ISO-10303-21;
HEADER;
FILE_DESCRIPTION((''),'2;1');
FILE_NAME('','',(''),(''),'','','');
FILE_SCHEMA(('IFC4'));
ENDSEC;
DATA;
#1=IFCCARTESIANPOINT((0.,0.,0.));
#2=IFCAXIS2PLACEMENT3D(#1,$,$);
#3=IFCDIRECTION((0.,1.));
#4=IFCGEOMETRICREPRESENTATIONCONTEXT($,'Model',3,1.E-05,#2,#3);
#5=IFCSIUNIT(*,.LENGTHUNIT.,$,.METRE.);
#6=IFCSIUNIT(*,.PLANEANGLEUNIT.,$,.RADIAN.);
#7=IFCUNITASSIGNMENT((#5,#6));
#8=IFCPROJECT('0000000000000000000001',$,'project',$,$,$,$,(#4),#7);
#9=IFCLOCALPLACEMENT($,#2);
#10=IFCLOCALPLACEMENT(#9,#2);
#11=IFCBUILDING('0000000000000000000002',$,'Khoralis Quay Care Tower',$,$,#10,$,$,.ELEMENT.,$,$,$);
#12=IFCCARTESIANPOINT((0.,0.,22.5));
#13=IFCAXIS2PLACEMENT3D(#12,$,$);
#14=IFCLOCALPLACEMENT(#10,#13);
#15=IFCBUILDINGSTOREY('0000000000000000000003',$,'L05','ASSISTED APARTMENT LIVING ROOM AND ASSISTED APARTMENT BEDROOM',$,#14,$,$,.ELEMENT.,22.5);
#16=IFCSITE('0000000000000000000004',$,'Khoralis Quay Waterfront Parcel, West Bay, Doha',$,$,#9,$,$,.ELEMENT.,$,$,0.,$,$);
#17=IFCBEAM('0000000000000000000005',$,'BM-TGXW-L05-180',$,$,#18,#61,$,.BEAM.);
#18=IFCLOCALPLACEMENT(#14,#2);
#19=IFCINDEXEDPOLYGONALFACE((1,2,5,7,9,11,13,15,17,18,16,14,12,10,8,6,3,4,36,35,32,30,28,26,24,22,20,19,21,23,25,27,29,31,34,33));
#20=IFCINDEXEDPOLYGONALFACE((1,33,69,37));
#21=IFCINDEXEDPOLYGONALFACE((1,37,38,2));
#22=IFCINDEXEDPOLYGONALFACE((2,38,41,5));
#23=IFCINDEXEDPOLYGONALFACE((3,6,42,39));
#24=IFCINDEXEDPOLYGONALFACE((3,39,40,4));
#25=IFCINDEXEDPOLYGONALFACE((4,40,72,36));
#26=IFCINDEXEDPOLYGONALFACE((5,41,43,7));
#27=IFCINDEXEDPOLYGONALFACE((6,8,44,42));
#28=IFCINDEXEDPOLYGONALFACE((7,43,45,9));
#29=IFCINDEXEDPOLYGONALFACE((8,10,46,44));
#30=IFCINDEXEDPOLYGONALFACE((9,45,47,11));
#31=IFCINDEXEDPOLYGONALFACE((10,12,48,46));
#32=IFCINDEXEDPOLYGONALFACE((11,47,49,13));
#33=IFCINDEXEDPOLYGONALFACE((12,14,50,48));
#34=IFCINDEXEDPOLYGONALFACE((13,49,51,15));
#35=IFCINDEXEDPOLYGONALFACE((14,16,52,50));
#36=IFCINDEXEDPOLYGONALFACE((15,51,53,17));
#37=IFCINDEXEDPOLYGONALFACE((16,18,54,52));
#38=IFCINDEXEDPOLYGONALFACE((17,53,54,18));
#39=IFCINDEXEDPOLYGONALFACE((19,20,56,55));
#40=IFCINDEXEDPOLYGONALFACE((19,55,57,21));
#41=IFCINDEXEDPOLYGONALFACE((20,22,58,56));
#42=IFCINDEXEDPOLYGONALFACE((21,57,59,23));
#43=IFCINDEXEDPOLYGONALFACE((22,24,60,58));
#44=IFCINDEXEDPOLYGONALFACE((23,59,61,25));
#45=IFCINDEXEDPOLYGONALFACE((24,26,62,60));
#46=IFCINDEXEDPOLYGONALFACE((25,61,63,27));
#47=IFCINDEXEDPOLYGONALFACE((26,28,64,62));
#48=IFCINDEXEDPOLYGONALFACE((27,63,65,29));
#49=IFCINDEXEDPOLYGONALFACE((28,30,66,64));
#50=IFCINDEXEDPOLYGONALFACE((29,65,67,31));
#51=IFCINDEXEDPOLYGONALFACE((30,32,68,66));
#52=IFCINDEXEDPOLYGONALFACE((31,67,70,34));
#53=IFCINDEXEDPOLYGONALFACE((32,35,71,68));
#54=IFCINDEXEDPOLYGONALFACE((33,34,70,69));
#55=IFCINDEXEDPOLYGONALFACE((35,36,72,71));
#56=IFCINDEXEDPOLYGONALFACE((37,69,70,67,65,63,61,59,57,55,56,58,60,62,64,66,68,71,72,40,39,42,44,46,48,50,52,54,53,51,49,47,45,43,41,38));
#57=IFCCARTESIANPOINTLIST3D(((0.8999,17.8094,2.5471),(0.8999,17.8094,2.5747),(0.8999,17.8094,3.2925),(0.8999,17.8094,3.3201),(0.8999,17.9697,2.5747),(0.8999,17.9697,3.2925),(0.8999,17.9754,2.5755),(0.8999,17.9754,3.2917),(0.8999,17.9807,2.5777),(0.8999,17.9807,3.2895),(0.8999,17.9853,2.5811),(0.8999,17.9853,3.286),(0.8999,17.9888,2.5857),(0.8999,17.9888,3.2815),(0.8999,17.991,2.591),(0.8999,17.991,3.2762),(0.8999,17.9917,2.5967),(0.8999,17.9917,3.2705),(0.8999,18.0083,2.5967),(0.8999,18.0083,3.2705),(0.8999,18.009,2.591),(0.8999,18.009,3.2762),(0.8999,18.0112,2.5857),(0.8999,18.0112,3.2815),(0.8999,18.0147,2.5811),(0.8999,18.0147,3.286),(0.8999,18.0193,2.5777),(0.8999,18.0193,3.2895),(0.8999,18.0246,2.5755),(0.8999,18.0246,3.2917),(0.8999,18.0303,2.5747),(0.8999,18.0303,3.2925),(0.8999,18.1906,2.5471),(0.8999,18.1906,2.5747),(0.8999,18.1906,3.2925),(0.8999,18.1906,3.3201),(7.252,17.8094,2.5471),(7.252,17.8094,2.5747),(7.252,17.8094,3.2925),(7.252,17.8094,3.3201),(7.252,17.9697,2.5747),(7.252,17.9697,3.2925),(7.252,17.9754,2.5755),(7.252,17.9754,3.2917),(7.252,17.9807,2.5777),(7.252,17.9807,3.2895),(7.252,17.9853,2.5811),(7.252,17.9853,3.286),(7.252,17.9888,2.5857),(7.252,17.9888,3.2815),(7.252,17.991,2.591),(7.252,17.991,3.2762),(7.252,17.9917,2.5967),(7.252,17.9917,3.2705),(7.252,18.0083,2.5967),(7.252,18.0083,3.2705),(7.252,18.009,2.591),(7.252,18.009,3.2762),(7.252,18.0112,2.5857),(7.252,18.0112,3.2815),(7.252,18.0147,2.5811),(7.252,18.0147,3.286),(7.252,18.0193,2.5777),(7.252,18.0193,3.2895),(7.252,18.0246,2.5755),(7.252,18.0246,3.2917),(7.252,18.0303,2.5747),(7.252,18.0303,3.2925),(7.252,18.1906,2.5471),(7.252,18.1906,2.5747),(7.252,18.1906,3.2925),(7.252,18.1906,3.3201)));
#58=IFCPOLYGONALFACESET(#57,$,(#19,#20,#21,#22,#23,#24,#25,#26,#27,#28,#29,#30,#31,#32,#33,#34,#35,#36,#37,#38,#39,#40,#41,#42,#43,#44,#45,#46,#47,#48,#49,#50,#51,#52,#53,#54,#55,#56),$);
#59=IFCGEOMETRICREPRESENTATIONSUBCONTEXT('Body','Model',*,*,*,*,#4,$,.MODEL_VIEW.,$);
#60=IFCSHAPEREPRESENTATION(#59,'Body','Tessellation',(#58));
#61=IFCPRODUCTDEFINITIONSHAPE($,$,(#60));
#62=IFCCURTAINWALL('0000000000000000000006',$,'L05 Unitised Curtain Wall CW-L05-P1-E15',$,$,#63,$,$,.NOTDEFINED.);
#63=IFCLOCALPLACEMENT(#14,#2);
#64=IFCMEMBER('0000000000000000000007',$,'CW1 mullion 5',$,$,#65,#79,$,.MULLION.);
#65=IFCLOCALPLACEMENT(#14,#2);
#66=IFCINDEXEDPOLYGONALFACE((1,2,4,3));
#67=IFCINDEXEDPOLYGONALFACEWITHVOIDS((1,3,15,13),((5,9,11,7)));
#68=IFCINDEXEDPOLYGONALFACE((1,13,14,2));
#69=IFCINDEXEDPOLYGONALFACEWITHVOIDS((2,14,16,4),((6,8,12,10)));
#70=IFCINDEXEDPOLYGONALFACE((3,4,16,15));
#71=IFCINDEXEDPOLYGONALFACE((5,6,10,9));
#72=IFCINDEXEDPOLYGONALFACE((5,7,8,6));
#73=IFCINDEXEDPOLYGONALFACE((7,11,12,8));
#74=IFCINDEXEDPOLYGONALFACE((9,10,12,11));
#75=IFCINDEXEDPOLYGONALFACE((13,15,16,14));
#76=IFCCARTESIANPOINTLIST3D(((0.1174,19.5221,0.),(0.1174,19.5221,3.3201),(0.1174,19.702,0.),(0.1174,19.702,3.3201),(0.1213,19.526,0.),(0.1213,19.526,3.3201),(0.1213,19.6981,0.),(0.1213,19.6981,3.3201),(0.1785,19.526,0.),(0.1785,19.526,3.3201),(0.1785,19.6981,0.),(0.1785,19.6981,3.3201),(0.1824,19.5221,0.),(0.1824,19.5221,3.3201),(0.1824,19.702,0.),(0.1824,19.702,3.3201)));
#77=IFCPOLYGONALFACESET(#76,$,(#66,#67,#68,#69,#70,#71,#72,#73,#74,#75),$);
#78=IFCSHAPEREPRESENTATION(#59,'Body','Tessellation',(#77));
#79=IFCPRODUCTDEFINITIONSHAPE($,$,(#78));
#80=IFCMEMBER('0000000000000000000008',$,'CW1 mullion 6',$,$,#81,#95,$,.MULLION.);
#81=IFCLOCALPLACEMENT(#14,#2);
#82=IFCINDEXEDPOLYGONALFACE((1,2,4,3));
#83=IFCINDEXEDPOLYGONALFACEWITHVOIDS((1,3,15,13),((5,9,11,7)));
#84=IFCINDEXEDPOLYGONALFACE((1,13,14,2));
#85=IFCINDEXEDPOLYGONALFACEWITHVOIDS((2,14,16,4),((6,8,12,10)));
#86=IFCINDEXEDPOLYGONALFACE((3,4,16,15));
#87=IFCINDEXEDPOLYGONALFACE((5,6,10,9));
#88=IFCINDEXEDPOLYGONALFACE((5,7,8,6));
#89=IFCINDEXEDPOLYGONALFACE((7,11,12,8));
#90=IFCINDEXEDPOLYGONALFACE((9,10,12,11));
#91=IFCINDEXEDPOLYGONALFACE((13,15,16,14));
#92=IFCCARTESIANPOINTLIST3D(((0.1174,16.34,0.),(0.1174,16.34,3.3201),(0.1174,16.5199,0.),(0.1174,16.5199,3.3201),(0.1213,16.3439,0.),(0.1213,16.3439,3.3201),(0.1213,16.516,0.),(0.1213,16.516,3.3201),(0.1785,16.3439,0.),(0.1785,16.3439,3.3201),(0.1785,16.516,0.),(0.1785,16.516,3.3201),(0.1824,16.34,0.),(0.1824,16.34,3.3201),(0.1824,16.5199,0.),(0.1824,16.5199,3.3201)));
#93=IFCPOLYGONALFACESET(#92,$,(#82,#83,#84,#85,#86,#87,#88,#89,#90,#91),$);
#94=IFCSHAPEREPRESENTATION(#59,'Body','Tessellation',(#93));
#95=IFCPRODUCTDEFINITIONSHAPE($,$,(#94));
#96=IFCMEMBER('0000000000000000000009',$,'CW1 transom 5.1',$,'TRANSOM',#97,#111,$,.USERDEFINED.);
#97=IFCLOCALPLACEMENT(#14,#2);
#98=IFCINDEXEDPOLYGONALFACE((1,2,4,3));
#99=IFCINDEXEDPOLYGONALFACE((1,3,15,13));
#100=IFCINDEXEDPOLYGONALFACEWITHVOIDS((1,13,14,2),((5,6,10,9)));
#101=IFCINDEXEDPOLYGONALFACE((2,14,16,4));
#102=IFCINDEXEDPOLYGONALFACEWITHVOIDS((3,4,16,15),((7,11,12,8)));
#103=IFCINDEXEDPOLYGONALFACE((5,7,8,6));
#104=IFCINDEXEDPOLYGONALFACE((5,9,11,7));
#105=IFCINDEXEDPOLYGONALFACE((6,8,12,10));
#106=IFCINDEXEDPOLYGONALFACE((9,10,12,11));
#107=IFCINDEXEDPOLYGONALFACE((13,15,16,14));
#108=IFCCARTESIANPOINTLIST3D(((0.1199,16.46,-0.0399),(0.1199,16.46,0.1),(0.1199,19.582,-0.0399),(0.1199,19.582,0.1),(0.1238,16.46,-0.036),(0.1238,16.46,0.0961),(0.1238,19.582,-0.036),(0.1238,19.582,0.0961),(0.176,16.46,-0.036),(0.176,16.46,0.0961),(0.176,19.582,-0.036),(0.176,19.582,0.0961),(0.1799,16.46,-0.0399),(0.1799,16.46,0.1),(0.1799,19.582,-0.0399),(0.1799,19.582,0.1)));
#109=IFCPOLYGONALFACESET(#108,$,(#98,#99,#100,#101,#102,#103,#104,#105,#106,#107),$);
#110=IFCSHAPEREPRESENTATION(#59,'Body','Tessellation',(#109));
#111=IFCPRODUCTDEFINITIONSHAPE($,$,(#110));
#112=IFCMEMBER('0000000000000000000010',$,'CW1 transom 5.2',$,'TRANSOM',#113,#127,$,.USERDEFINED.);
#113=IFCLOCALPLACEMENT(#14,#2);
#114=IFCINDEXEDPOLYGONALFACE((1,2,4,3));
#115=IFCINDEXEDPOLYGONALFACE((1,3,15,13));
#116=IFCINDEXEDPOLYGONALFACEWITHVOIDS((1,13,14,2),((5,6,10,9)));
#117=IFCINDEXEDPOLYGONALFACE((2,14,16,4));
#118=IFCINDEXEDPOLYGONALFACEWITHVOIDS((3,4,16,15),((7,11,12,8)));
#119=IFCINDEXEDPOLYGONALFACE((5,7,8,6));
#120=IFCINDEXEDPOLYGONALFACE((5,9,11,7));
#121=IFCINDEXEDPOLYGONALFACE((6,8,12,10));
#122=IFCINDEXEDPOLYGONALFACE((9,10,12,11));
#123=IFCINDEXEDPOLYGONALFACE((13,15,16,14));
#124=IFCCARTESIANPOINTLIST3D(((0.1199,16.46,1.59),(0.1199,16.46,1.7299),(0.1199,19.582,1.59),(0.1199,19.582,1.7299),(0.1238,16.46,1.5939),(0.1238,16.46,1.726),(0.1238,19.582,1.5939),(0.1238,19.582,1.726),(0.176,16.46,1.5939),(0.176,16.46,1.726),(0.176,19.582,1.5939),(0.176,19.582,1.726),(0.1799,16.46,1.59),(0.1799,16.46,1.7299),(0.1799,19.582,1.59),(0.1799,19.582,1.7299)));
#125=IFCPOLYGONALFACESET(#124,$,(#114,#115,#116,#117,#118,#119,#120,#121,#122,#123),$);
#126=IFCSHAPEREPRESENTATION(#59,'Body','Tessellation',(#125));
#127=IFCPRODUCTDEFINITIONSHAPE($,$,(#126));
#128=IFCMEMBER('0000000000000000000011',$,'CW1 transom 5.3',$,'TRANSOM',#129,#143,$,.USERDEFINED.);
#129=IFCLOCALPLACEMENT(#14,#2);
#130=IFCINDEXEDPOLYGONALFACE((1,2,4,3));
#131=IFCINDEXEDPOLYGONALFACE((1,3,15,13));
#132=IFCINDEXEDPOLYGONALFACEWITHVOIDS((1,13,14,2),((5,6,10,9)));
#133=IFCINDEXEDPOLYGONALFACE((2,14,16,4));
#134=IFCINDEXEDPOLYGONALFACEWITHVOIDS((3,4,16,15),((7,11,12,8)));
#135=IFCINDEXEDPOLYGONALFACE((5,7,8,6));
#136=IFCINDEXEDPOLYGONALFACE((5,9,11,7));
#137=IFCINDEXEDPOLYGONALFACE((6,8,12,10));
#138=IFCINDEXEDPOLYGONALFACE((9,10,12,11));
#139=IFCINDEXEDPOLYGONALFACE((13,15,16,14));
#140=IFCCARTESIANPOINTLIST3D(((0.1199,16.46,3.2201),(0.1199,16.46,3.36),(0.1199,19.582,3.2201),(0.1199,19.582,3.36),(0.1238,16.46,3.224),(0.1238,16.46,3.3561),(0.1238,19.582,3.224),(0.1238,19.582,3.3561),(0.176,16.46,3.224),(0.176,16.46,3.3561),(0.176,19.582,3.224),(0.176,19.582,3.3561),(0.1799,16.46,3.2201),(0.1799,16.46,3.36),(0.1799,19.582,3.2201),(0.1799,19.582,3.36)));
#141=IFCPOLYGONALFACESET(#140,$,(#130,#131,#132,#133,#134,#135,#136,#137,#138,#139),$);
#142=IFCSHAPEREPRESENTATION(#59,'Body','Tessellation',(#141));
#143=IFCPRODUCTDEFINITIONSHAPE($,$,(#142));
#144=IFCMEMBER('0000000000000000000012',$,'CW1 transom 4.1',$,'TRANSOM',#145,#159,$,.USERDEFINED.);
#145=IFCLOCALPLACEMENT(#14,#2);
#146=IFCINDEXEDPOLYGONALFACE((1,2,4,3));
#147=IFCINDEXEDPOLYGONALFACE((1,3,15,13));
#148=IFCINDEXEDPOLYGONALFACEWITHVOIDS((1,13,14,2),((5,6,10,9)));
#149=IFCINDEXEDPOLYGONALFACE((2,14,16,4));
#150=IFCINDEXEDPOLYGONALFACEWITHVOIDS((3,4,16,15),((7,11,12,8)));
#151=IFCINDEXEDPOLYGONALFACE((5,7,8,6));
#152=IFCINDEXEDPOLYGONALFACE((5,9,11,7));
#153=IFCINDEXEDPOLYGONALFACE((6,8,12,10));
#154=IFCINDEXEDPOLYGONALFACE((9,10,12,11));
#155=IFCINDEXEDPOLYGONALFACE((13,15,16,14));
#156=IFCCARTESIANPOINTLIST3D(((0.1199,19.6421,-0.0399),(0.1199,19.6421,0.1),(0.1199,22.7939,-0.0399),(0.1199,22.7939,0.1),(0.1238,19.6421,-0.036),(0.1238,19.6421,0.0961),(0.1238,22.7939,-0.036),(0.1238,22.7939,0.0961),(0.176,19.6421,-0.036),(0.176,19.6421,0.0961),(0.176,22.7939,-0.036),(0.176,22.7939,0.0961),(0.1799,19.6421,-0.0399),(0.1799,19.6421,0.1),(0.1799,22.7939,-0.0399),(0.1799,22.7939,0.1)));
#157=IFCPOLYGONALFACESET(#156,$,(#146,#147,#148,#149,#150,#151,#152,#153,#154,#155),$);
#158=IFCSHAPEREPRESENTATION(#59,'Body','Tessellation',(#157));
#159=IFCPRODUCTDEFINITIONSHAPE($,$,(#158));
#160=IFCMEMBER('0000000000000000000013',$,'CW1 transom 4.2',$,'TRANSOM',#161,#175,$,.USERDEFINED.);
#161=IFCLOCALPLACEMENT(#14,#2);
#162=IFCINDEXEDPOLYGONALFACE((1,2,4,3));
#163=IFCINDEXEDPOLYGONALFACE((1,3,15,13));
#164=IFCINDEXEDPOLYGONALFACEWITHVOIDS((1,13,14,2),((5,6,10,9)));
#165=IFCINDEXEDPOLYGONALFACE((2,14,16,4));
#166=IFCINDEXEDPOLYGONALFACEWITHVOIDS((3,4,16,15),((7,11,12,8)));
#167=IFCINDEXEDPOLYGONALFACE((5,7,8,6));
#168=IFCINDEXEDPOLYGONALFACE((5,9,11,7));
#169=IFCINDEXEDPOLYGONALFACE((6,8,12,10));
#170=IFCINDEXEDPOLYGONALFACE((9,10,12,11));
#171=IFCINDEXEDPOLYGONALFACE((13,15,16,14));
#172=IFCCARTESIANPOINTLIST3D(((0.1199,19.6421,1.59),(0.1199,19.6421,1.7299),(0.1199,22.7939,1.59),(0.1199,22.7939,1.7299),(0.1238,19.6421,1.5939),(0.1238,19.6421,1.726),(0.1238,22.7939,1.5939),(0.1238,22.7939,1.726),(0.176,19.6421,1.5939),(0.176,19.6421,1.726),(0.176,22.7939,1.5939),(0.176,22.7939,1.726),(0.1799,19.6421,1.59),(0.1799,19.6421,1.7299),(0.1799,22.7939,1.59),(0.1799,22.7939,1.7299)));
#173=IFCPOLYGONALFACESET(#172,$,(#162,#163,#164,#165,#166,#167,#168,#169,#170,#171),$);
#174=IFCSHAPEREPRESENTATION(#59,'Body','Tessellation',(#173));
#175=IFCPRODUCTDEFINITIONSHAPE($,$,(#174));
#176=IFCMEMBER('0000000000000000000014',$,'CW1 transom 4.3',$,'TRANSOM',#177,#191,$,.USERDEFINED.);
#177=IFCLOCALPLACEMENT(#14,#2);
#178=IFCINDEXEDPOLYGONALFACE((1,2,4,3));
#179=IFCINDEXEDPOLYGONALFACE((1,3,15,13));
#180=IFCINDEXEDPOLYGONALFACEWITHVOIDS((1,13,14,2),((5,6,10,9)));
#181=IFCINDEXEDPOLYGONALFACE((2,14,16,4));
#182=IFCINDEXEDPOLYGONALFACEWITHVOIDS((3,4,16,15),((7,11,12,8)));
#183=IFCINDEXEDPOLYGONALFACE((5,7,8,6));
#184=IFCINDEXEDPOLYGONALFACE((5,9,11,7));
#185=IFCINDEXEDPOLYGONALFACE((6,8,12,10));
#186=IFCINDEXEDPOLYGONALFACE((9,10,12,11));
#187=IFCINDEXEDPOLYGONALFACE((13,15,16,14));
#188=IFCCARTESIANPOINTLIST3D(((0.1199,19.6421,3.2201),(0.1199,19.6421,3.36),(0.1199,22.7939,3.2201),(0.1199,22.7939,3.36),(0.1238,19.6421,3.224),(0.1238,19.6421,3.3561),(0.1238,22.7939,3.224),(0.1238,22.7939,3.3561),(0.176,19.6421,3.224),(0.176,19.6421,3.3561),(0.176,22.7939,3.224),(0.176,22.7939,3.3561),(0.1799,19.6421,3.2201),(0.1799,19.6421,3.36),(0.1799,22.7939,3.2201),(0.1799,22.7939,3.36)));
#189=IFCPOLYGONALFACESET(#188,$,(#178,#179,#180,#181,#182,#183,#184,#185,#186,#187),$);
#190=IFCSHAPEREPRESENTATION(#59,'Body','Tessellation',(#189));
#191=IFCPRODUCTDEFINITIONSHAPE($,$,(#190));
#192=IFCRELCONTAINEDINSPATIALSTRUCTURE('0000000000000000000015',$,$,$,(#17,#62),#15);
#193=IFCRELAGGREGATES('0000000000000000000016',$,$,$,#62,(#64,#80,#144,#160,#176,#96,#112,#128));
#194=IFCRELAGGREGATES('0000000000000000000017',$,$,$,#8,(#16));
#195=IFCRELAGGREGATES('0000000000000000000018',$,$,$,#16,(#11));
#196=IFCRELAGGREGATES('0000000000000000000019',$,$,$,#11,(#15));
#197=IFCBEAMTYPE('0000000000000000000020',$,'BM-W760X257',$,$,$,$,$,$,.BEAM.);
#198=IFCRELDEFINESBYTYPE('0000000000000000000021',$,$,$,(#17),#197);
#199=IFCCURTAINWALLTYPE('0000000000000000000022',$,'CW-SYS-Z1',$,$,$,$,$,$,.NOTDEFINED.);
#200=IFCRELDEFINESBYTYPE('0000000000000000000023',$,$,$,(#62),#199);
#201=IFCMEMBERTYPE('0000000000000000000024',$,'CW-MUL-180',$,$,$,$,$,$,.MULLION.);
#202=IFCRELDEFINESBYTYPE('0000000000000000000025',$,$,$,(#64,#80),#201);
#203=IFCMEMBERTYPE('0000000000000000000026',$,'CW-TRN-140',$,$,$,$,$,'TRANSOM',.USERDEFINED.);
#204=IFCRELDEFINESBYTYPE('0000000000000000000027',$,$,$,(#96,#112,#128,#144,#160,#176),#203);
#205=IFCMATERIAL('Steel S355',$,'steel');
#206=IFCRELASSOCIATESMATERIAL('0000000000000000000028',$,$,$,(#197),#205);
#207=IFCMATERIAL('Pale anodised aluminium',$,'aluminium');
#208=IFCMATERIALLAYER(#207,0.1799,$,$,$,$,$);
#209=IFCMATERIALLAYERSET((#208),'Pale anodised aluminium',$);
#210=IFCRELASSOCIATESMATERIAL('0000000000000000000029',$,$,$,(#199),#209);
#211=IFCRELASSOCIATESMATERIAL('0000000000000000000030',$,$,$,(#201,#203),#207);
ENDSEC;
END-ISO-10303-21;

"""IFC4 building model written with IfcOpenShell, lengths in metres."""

from ifc_helpers import new_model, si_unit, direction, frame, origin, origin_2d, place, context, subcontext, project, spatial, hollow_rectangle, i_section, extrude, source, transform, mapped, material, layer, layer_set, material_profile, profile_set, type_object, element, aggregate, save


model = new_model("IFC4")

# Units and contexts
model_context = context("Model", 3, precision=1e-05, world=origin(), true_north=direction((0.0, 1.0)))
body_context = subcontext(model_context, "Body", "Model", "MODEL_VIEW")
ifc_project = project(units=[si_unit("LENGTHUNIT", "METRE"), si_unit("PLANEANGLEUNIT", "RADIAN")], contexts=[model_context])

# Site, building, storey
site_placement = place(None, origin())
site = spatial("IfcSite", under=ifc_project, at=site_placement, Name="Khoralis Quay Waterfront Parcel, West Bay, Doha", CompositionType="ELEMENT", RefElevation=0.0)
building_placement = place(site_placement, origin())
building = spatial("IfcBuilding", under=site, at=building_placement, Name="Khoralis Quay Care Tower", CompositionType="ELEMENT")
storey_placement = place(building_placement, frame((0.0, 0.0, 22.5)))
storey = spatial("IfcBuildingStorey", under=building, at=storey_placement, Name="L05", Description="ASSISTED APARTMENT LIVING ROOM AND ASSISTED APARTMENT BEDROOM", CompositionType="ELEMENT", Elevation=22.5)

# Beam
ifc_material_1 = material(Name="Steel S355", Category="steel")
ifc_material_profile_1 = material_profile(ifc_material_1, i_section(OverallWidth=0.3811, OverallDepth=0.7729, WebThickness=0.0166, FlangeThickness=0.0276, FilletRadius=0.022, at=origin_2d()), Name="Steel S355")
ifc_profile_set_1 = profile_set([ifc_material_profile_1], Name="Steel S355")
beam_type_1 = type_object("IfcBeamType", Name="BM-W760X257", PredefinedType="BEAM", material=ifc_profile_set_1)
shared_shape_1 = source(origin(), body_context, "Body", "SweptSolid", [
    extrude(i_section(OverallWidth=0.3811, OverallDepth=0.7729, WebThickness=0.0166, FlangeThickness=0.0276, FilletRadius=0.022, at=origin_2d()), origin(), (0.0, 0.0, 1.0), 6.3521),
])
beam_1_placement = place(storey_placement, frame((0.8999, 18.0, 2.9336), z_axis=(1.0, 0.0, 0.0), x_axis=(0.0, 1.0, 0.0)))
element("IfcBeam", 1, at=beam_1_placement, inside=storey, type_object=beam_type_1, Name="BM-TGXW-L05-180", PredefinedType="BEAM", context=body_context, shape_type="MappedRepresentation", body=[
    mapped(shared_shape_1, transform((0.0, 0.0, 0.0), scale=1.0)),
])

# Curtain wall, members
ifc_material_2 = material(Name="Pale anodised aluminium", Category="aluminium")
ifc_layer_1 = layer(ifc_material_2, 0.1799)
ifc_layer_set_1 = layer_set([ifc_layer_1], Name="Pale anodised aluminium")
curtain_wall_type = type_object("IfcCurtainWallType", Name="CW-SYS-Z1", PredefinedType="NOTDEFINED", material=ifc_layer_set_1)
curtain_wall_placement = place(storey_placement, origin())
curtain_wall = element("IfcCurtainWall", 2, at=curtain_wall_placement, inside=storey, type_object=curtain_wall_type, Name="L05 Unitised Curtain Wall CW-L05-P1-E15", PredefinedType="NOTDEFINED")
ifc_material_profile_2 = material_profile(ifc_material_2, hollow_rectangle(XDim=0.0649, YDim=0.1799, WallThickness=0.0039, at=origin_2d()), Name="Pale anodised aluminium")
ifc_profile_set_2 = profile_set([ifc_material_profile_2], Name="Pale anodised aluminium")
member_type_1 = type_object("IfcMemberType", Name="CW-MUL-180", PredefinedType="MULLION", material=ifc_profile_set_2)
shared_shape_2 = source(origin(), body_context, "Body", "SweptSolid", [
    extrude(hollow_rectangle(XDim=0.0649, YDim=0.1799, WallThickness=0.0039, at=origin_2d()), origin(), (0.0, 0.0, 1.0), 3.3201),
])
member_1_placement = place(storey_placement, frame((0.1499, 19.6121, 0.0), z_axis=(0.0, 0.0, 1.0), x_axis=(1.0, 0.0, 0.0)))
member_1 = element("IfcMember", 3, at=member_1_placement, type_object=member_type_1, Name="CW1 mullion 5", PredefinedType="MULLION", context=body_context, shape_type="MappedRepresentation", body=[
    mapped(shared_shape_2, transform((0.0, 0.0, 0.0), scale=1.0)),
])
member_2_placement = place(storey_placement, frame((0.1499, 16.4299, 0.0), z_axis=(0.0, 0.0, 1.0), x_axis=(1.0, 0.0, 0.0)))
member_2 = element("IfcMember", 4, at=member_2_placement, type_object=member_type_1, Name="CW1 mullion 6", PredefinedType="MULLION", context=body_context, shape_type="MappedRepresentation", body=[
    mapped(shared_shape_2, transform((0.0, 0.0, 0.0), scale=1.0)),
])
ifc_material_profile_3 = material_profile(ifc_material_2, hollow_rectangle(XDim=0.0601, YDim=0.1399, WallThickness=0.0039, at=origin_2d()), Name="Pale anodised aluminium")
ifc_profile_set_3 = profile_set([ifc_material_profile_3], Name="Pale anodised aluminium")
member_type_2 = type_object("IfcMemberType", Name="CW-TRN-140", ElementType="TRANSOM", PredefinedType="USERDEFINED", material=ifc_profile_set_3)
shared_shape_3 = source(origin(), body_context, "Body", "SweptSolid", [
    extrude(hollow_rectangle(XDim=0.0601, YDim=0.1399, WallThickness=0.0039, at=origin_2d()), origin(), (0.0, 0.0, 1.0), 3.1221),
])
member_3_placement = place(storey_placement, frame((0.1499, 19.582, 0.03), z_axis=(0.0, -1.0, 0.0), x_axis=(1.0, 0.0, 0.0)))
member_3 = element("IfcMember", 5, at=member_3_placement, type_object=member_type_2, Name="CW1 transom 5.1", ObjectType="TRANSOM", PredefinedType="USERDEFINED", context=body_context, shape_type="MappedRepresentation", body=[
    mapped(shared_shape_3, transform((0.0, 0.0, 0.0), scale=1.0)),
])
member_4_placement = place(storey_placement, frame((0.1499, 19.582, 1.6599), z_axis=(0.0, -1.0, 0.0), x_axis=(1.0, 0.0, 0.0)))
member_4 = element("IfcMember", 6, at=member_4_placement, type_object=member_type_2, Name="CW1 transom 5.2", ObjectType="TRANSOM", PredefinedType="USERDEFINED", context=body_context, shape_type="MappedRepresentation", body=[
    mapped(shared_shape_3, transform((0.0, 0.0, 0.0), scale=1.0)),
])
member_5_placement = place(storey_placement, frame((0.1499, 19.582, 3.29), z_axis=(0.0, -1.0, 0.0), x_axis=(1.0, 0.0, 0.0)))
member_5 = element("IfcMember", 7, at=member_5_placement, type_object=member_type_2, Name="CW1 transom 5.3", ObjectType="TRANSOM", PredefinedType="USERDEFINED", context=body_context, shape_type="MappedRepresentation", body=[
    mapped(shared_shape_3, transform((0.0, 0.0, 0.0), scale=1.0)),
])
shared_shape_4 = source(origin(), body_context, "Body", "SweptSolid", [
    extrude(hollow_rectangle(XDim=0.0601, YDim=0.1399, WallThickness=0.0039, at=origin_2d()), origin(), (0.0, 0.0, 1.0), 3.1519),
])
member_6_placement = place(storey_placement, frame((0.1499, 22.7939, 0.03), z_axis=(0.0, -1.0, 0.0), x_axis=(1.0, 0.0, 0.0)))
member_6 = element("IfcMember", 8, at=member_6_placement, type_object=member_type_2, Name="CW1 transom 4.1", ObjectType="TRANSOM", PredefinedType="USERDEFINED", context=body_context, shape_type="MappedRepresentation", body=[
    mapped(shared_shape_4, transform((0.0, 0.0, 0.0), scale=1.0)),
])
member_7_placement = place(storey_placement, frame((0.1499, 22.7939, 1.6599), z_axis=(0.0, -1.0, 0.0), x_axis=(1.0, 0.0, 0.0)))
member_7 = element("IfcMember", 9, at=member_7_placement, type_object=member_type_2, Name="CW1 transom 4.2", ObjectType="TRANSOM", PredefinedType="USERDEFINED", context=body_context, shape_type="MappedRepresentation", body=[
    mapped(shared_shape_4, transform((0.0, 0.0, 0.0), scale=1.0)),
])
member_8_placement = place(storey_placement, frame((0.1499, 22.7939, 3.29), z_axis=(0.0, -1.0, 0.0), x_axis=(1.0, 0.0, 0.0)))
member_8 = element("IfcMember", 10, at=member_8_placement, type_object=member_type_2, Name="CW1 transom 4.3", ObjectType="TRANSOM", PredefinedType="USERDEFINED", context=body_context, shape_type="MappedRepresentation", body=[
    mapped(shared_shape_4, transform((0.0, 0.0, 0.0), scale=1.0)),
])
aggregate(curtain_wall, [member_1, member_2, member_6, member_7, member_8, member_3, member_4, member_5])

save(model, "model.ifc")
